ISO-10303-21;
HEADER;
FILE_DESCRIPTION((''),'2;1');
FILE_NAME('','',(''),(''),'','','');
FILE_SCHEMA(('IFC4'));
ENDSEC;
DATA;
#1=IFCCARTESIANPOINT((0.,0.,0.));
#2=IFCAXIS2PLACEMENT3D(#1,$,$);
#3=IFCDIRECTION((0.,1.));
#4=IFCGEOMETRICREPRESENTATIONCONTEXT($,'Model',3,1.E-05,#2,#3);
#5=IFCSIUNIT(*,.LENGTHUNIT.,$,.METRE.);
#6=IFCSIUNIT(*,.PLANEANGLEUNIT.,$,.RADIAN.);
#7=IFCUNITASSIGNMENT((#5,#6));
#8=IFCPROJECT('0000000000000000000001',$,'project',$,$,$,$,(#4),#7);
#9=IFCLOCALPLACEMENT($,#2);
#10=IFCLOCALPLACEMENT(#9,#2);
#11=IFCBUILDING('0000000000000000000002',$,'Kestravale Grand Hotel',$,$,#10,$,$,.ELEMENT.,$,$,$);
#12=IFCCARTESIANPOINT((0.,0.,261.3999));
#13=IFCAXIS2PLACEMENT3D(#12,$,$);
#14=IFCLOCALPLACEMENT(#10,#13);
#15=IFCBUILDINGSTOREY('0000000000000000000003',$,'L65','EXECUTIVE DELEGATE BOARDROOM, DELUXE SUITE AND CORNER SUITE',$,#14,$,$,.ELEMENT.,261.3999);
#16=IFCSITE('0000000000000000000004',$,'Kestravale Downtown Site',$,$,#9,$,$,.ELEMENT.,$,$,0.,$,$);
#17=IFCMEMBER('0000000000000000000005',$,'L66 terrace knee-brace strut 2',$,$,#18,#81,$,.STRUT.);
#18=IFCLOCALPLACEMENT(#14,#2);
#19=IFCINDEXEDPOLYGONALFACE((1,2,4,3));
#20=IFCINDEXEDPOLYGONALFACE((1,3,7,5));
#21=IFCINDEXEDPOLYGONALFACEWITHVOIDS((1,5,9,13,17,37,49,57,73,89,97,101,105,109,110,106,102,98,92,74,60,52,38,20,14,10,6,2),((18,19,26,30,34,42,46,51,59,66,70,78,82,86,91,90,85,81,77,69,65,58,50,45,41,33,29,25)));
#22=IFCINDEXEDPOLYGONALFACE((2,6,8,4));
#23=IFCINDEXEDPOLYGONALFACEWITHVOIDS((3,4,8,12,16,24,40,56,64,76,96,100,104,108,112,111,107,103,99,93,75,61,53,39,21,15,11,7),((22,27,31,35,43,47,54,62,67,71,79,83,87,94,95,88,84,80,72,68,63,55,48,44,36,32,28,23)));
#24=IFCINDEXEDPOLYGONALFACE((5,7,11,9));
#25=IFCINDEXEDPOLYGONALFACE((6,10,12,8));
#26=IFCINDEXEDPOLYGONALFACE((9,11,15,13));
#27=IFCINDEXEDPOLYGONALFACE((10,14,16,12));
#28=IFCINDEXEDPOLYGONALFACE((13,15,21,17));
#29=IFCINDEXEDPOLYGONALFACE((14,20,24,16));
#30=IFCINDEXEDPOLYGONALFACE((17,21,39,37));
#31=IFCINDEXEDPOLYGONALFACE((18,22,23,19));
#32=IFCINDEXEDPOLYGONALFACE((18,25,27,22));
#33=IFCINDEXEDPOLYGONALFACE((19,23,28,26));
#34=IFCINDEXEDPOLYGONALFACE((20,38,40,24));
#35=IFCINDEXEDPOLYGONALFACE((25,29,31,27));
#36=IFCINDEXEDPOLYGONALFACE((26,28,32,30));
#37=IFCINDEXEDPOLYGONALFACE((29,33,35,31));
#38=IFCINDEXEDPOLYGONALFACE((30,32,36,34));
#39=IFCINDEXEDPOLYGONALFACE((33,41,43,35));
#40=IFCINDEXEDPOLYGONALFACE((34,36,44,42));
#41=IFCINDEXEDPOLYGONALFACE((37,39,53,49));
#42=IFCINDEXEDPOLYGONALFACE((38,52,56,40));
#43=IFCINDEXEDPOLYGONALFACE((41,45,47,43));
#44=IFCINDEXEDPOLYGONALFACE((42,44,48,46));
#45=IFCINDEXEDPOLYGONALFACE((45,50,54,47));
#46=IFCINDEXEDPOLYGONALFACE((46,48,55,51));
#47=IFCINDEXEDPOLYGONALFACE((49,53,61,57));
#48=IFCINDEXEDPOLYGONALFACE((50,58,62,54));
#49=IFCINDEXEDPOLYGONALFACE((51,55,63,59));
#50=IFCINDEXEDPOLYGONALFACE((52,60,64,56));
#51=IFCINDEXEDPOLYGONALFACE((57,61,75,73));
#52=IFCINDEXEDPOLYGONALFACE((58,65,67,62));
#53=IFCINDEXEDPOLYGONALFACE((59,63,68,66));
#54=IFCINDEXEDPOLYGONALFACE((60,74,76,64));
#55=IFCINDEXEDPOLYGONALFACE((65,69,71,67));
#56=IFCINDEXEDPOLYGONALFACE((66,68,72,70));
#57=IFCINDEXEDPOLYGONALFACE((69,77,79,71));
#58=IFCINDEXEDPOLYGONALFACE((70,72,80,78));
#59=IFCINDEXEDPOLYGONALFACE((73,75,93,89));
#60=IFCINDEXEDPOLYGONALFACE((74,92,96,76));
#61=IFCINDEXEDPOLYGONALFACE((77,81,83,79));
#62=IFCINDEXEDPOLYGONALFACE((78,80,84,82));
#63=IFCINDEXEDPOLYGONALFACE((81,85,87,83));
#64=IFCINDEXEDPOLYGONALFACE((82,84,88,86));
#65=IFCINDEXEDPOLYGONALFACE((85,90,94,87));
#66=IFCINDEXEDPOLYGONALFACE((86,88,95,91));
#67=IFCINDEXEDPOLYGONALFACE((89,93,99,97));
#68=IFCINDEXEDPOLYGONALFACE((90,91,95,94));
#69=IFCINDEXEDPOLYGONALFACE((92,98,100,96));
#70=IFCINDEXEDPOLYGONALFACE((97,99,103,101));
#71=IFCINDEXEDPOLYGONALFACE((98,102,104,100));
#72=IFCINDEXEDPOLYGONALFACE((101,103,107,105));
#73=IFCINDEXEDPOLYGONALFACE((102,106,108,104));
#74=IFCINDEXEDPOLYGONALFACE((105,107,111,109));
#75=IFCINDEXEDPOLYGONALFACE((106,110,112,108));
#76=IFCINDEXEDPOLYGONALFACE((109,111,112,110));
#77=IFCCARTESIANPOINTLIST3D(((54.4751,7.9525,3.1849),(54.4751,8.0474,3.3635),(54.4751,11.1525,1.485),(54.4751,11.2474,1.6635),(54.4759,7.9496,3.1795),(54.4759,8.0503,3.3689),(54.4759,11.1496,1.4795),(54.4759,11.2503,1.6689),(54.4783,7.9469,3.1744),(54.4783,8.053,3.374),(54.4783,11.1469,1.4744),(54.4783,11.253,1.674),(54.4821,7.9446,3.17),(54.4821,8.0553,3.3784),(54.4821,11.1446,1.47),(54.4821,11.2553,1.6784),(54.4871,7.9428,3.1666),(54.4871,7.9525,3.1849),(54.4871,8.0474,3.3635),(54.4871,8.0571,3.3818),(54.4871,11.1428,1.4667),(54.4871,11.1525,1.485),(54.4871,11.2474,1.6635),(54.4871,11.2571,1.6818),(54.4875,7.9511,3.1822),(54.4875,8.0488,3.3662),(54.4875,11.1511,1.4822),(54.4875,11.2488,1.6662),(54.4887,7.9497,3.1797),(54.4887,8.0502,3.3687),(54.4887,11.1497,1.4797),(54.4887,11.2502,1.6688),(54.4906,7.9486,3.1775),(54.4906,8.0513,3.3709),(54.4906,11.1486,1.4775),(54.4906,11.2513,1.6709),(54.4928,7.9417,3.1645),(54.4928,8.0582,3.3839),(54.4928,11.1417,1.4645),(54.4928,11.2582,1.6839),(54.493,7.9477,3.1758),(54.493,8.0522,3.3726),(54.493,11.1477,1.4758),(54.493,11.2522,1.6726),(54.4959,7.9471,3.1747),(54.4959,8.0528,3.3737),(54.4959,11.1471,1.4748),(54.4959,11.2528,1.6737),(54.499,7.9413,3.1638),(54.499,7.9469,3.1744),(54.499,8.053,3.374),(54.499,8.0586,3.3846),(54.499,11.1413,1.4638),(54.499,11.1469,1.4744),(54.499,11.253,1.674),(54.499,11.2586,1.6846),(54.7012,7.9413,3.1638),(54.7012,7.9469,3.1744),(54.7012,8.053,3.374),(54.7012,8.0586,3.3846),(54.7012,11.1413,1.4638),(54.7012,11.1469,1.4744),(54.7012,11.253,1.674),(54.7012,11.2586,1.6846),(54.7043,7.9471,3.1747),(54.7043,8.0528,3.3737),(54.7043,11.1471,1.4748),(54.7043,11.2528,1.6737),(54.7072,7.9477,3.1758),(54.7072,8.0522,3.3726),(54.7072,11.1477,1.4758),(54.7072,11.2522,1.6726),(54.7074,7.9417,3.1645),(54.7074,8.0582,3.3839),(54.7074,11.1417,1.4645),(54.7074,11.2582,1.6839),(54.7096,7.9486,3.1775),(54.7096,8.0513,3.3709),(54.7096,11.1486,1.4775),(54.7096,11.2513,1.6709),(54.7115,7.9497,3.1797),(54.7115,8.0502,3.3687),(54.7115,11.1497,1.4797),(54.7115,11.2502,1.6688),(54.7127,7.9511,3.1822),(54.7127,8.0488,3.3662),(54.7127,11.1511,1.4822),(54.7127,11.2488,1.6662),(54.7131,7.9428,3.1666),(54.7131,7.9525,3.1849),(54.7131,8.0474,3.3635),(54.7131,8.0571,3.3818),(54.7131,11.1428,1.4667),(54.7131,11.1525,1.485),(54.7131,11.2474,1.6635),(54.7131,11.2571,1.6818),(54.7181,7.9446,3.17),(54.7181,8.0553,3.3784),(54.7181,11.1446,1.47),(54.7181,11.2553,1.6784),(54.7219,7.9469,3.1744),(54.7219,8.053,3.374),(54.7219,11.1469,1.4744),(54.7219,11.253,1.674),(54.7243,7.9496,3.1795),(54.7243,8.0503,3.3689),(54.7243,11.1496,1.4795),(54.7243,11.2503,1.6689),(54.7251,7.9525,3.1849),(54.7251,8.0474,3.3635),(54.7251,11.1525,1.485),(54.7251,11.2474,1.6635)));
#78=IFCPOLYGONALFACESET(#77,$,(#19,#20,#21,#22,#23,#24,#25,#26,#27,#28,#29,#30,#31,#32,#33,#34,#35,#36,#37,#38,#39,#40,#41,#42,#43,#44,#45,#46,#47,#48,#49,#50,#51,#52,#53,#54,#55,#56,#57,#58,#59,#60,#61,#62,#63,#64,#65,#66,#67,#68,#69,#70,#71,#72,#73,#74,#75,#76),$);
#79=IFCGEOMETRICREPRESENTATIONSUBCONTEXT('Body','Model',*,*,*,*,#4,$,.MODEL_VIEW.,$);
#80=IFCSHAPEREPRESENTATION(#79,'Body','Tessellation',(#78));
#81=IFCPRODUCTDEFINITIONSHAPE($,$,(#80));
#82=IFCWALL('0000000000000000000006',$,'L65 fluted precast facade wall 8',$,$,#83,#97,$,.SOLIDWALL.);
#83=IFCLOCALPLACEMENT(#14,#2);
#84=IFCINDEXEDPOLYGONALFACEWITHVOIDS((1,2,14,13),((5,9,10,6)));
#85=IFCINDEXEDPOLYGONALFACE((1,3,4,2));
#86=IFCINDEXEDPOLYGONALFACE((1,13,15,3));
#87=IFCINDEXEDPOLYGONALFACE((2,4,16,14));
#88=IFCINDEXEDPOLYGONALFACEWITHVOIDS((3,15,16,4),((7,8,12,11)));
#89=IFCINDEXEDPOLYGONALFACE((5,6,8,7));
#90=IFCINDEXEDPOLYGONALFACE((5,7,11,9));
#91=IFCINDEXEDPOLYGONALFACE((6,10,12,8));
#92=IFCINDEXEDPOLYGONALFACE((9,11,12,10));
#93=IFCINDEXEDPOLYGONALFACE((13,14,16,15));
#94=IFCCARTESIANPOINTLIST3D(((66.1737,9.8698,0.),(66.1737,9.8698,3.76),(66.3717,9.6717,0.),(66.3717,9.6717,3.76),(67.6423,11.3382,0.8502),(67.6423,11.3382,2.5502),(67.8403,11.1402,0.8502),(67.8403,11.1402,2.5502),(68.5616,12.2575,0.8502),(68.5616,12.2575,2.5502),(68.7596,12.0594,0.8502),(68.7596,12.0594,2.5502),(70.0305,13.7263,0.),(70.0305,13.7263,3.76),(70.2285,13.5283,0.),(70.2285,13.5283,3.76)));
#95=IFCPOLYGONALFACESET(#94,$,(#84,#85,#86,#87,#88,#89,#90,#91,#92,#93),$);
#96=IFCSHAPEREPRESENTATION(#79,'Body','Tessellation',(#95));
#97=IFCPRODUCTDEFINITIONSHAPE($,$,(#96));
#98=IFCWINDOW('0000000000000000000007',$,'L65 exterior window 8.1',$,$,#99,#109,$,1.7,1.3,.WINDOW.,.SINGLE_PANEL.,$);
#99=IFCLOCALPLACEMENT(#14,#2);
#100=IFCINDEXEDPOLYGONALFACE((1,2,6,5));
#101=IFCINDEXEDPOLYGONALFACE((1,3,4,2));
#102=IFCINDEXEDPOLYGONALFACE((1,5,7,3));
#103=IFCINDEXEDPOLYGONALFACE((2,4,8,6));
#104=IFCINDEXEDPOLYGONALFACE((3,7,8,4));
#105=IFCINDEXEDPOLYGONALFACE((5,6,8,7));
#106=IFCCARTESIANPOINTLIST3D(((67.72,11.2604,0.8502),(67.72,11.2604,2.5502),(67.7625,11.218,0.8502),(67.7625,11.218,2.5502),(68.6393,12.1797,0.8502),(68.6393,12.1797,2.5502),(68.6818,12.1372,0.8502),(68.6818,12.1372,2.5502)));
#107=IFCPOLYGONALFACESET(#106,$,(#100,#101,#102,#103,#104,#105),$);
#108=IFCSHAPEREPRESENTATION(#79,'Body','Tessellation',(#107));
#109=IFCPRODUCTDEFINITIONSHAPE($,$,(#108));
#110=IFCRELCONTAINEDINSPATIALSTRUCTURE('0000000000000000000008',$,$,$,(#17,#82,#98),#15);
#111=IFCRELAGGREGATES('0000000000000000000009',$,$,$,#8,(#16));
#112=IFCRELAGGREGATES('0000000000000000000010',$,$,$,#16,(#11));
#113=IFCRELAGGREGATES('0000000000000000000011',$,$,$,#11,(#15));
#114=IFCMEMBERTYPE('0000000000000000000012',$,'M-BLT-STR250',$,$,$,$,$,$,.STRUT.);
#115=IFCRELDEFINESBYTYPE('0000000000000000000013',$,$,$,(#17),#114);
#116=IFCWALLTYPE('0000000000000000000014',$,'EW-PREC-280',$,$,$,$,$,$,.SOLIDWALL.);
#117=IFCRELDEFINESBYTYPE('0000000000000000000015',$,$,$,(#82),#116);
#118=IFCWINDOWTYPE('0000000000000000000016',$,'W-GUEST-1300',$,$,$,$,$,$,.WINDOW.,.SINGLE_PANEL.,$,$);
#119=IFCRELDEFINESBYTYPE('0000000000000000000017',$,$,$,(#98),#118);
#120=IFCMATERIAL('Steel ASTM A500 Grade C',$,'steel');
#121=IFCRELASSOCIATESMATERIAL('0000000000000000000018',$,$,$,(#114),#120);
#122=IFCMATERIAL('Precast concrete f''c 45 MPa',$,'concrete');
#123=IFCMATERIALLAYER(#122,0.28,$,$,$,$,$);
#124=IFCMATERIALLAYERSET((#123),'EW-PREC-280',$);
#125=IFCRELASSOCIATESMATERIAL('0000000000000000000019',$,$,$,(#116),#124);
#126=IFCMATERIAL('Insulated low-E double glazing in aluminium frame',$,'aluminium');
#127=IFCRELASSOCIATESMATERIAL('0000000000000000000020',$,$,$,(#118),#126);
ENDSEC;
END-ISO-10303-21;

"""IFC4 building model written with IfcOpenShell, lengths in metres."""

from ifc_helpers import new_model, si_unit, direction, frame, frame_2d, origin, origin_2d, place, context, subcontext, project, spatial, rectangle, hollow_rectangle, extrude, material, layer, layer_set, material_profile, profile_set, type_object, element, fill, save


model = new_model("IFC4")

# Units and contexts
model_context = context("Model", 3, precision=1e-05, world=origin(), true_north=direction((0.0, 1.0)))
body_context = subcontext(model_context, "Body", "Model", "MODEL_VIEW")
ifc_project = project(units=[si_unit("LENGTHUNIT", "METRE"), si_unit("PLANEANGLEUNIT", "RADIAN")], contexts=[model_context])

# Site, building, storey
site_placement = place(None, origin())
site = spatial("IfcSite", under=ifc_project, at=site_placement, Name="Kestravale Downtown Site", CompositionType="ELEMENT", RefElevation=0.0)
building_placement = place(site_placement, origin())
building = spatial("IfcBuilding", under=site, at=building_placement, Name="Kestravale Grand Hotel", CompositionType="ELEMENT")
storey_placement = place(building_placement, frame((0.0, 0.0, 261.3999)))
storey = spatial("IfcBuildingStorey", under=building, at=storey_placement, Name="L65", Description="EXECUTIVE DELEGATE BOARDROOM, DELUXE SUITE AND CORNER SUITE", CompositionType="ELEMENT", Elevation=261.3999)

# Member
ifc_material_1 = material(Name="Steel ASTM A500 Grade C", Category="steel")
ifc_material_profile_1 = material_profile(ifc_material_1, hollow_rectangle(XDim=0.25, YDim=0.25, WallThickness=0.012, InnerFilletRadius=0.012, OuterFilletRadius=0.0239, at=origin_2d()))
ifc_profile_set_1 = profile_set([ifc_material_profile_1], Name="Steel ASTM A500 Grade C")
member_type = type_object("IfcMemberType", Name="M-BLT-STR250", PredefinedType="STRUT", material=ifc_profile_set_1)
member_placement = place(storey_placement, frame((54.6001, 11.2, 1.5742), z_axis=(0.0, -0.883118, 0.46915), x_axis=(1.0, 0.0, 0.0)))
element("IfcMember", 1, at=member_placement, inside=storey, type_object=member_type, Name="L66 terrace knee-brace strut 2", PredefinedType="STRUT", context=body_context, shape_type="SweptSolid", body=[
    extrude(hollow_rectangle(XDim=0.25, YDim=0.25, WallThickness=0.012, InnerFilletRadius=0.012, OuterFilletRadius=0.0239, at=origin_2d()), origin(), (0.0, 0.0, 1.0), 3.6235),
])

# Wall, opening, window
ifc_material_2 = material(Name="Precast concrete f'c 45 MPa", Category="concrete")
ifc_layer_1 = layer(ifc_material_2, 0.28)
ifc_layer_set_1 = layer_set([ifc_layer_1], Name="EW-PREC-280")
wall_type_1 = type_object("IfcWallType", Name="EW-PREC-280", PredefinedType="SOLIDWALL", material=ifc_layer_set_1)
wall_1_placement = place(storey_placement, frame((66.2727, 9.7708, 0.0), z_axis=(0.0, 0.0, 1.0), x_axis=(0.707129, 0.707084, 0.0)))
wall_1 = element("IfcWall", 2, at=wall_1_placement, inside=storey, type_object=wall_type_1, Name="L65 fluted precast facade wall 8", PredefinedType="SOLIDWALL", context=body_context, shape_type="SweptSolid", body=[
    extrude(rectangle(XDim=5.4541, YDim=0.28, at=frame_2d((2.7271, 0.0))), origin(), (0.0, 0.0, 1.0), 3.76),
])
opening_1_placement = place(wall_1_placement, frame((2.0769, 0.0, 0.8501)))
opening_1 = element("IfcOpeningElement", 3, at=opening_1_placement, cuts=wall_1, PredefinedType="OPENING", context=body_context, shape_type="SweptSolid", body=[
    extrude(rectangle(XDim=1.3, YDim=1.7, at=frame_2d((0.6499, 0.8501))), frame((0.0, 0.1499, 0.0), z_axis=(0.0, -1.0, 0.0), x_axis=(1.0, 0.0, 0.0)), (0.0, 0.0, 1.0), 0.3),
])
ifc_material_3 = material(Name="Insulated low-E double glazing in aluminium frame", Category="aluminium")
window_type = type_object("IfcWindowType", Name="W-GUEST-1300", PartitioningType="SINGLE_PANEL", PredefinedType="WINDOW", material=ifc_material_3)
window_1_placement = place(opening_1_placement, origin())
window_1 = element("IfcWindow", 4, at=window_1_placement, inside=storey, type_object=window_type, Name="L65 exterior window 8.1", OverallHeight=1.7, OverallWidth=1.3, PartitioningType="SINGLE_PANEL", PredefinedType="WINDOW", context=body_context, shape_type="SweptSolid", body=[
    extrude(rectangle(XDim=1.3, YDim=1.7, at=frame_2d((0.6499, 0.8501))), frame((0.0, 0.03, 0.0), z_axis=(0.0, -1.0, 0.0), x_axis=(1.0, 0.0, 0.0)), (0.0, 0.0, 1.0), 0.0601),
])
fill(opening_1, window_1)

save(model, "model.ifc")
